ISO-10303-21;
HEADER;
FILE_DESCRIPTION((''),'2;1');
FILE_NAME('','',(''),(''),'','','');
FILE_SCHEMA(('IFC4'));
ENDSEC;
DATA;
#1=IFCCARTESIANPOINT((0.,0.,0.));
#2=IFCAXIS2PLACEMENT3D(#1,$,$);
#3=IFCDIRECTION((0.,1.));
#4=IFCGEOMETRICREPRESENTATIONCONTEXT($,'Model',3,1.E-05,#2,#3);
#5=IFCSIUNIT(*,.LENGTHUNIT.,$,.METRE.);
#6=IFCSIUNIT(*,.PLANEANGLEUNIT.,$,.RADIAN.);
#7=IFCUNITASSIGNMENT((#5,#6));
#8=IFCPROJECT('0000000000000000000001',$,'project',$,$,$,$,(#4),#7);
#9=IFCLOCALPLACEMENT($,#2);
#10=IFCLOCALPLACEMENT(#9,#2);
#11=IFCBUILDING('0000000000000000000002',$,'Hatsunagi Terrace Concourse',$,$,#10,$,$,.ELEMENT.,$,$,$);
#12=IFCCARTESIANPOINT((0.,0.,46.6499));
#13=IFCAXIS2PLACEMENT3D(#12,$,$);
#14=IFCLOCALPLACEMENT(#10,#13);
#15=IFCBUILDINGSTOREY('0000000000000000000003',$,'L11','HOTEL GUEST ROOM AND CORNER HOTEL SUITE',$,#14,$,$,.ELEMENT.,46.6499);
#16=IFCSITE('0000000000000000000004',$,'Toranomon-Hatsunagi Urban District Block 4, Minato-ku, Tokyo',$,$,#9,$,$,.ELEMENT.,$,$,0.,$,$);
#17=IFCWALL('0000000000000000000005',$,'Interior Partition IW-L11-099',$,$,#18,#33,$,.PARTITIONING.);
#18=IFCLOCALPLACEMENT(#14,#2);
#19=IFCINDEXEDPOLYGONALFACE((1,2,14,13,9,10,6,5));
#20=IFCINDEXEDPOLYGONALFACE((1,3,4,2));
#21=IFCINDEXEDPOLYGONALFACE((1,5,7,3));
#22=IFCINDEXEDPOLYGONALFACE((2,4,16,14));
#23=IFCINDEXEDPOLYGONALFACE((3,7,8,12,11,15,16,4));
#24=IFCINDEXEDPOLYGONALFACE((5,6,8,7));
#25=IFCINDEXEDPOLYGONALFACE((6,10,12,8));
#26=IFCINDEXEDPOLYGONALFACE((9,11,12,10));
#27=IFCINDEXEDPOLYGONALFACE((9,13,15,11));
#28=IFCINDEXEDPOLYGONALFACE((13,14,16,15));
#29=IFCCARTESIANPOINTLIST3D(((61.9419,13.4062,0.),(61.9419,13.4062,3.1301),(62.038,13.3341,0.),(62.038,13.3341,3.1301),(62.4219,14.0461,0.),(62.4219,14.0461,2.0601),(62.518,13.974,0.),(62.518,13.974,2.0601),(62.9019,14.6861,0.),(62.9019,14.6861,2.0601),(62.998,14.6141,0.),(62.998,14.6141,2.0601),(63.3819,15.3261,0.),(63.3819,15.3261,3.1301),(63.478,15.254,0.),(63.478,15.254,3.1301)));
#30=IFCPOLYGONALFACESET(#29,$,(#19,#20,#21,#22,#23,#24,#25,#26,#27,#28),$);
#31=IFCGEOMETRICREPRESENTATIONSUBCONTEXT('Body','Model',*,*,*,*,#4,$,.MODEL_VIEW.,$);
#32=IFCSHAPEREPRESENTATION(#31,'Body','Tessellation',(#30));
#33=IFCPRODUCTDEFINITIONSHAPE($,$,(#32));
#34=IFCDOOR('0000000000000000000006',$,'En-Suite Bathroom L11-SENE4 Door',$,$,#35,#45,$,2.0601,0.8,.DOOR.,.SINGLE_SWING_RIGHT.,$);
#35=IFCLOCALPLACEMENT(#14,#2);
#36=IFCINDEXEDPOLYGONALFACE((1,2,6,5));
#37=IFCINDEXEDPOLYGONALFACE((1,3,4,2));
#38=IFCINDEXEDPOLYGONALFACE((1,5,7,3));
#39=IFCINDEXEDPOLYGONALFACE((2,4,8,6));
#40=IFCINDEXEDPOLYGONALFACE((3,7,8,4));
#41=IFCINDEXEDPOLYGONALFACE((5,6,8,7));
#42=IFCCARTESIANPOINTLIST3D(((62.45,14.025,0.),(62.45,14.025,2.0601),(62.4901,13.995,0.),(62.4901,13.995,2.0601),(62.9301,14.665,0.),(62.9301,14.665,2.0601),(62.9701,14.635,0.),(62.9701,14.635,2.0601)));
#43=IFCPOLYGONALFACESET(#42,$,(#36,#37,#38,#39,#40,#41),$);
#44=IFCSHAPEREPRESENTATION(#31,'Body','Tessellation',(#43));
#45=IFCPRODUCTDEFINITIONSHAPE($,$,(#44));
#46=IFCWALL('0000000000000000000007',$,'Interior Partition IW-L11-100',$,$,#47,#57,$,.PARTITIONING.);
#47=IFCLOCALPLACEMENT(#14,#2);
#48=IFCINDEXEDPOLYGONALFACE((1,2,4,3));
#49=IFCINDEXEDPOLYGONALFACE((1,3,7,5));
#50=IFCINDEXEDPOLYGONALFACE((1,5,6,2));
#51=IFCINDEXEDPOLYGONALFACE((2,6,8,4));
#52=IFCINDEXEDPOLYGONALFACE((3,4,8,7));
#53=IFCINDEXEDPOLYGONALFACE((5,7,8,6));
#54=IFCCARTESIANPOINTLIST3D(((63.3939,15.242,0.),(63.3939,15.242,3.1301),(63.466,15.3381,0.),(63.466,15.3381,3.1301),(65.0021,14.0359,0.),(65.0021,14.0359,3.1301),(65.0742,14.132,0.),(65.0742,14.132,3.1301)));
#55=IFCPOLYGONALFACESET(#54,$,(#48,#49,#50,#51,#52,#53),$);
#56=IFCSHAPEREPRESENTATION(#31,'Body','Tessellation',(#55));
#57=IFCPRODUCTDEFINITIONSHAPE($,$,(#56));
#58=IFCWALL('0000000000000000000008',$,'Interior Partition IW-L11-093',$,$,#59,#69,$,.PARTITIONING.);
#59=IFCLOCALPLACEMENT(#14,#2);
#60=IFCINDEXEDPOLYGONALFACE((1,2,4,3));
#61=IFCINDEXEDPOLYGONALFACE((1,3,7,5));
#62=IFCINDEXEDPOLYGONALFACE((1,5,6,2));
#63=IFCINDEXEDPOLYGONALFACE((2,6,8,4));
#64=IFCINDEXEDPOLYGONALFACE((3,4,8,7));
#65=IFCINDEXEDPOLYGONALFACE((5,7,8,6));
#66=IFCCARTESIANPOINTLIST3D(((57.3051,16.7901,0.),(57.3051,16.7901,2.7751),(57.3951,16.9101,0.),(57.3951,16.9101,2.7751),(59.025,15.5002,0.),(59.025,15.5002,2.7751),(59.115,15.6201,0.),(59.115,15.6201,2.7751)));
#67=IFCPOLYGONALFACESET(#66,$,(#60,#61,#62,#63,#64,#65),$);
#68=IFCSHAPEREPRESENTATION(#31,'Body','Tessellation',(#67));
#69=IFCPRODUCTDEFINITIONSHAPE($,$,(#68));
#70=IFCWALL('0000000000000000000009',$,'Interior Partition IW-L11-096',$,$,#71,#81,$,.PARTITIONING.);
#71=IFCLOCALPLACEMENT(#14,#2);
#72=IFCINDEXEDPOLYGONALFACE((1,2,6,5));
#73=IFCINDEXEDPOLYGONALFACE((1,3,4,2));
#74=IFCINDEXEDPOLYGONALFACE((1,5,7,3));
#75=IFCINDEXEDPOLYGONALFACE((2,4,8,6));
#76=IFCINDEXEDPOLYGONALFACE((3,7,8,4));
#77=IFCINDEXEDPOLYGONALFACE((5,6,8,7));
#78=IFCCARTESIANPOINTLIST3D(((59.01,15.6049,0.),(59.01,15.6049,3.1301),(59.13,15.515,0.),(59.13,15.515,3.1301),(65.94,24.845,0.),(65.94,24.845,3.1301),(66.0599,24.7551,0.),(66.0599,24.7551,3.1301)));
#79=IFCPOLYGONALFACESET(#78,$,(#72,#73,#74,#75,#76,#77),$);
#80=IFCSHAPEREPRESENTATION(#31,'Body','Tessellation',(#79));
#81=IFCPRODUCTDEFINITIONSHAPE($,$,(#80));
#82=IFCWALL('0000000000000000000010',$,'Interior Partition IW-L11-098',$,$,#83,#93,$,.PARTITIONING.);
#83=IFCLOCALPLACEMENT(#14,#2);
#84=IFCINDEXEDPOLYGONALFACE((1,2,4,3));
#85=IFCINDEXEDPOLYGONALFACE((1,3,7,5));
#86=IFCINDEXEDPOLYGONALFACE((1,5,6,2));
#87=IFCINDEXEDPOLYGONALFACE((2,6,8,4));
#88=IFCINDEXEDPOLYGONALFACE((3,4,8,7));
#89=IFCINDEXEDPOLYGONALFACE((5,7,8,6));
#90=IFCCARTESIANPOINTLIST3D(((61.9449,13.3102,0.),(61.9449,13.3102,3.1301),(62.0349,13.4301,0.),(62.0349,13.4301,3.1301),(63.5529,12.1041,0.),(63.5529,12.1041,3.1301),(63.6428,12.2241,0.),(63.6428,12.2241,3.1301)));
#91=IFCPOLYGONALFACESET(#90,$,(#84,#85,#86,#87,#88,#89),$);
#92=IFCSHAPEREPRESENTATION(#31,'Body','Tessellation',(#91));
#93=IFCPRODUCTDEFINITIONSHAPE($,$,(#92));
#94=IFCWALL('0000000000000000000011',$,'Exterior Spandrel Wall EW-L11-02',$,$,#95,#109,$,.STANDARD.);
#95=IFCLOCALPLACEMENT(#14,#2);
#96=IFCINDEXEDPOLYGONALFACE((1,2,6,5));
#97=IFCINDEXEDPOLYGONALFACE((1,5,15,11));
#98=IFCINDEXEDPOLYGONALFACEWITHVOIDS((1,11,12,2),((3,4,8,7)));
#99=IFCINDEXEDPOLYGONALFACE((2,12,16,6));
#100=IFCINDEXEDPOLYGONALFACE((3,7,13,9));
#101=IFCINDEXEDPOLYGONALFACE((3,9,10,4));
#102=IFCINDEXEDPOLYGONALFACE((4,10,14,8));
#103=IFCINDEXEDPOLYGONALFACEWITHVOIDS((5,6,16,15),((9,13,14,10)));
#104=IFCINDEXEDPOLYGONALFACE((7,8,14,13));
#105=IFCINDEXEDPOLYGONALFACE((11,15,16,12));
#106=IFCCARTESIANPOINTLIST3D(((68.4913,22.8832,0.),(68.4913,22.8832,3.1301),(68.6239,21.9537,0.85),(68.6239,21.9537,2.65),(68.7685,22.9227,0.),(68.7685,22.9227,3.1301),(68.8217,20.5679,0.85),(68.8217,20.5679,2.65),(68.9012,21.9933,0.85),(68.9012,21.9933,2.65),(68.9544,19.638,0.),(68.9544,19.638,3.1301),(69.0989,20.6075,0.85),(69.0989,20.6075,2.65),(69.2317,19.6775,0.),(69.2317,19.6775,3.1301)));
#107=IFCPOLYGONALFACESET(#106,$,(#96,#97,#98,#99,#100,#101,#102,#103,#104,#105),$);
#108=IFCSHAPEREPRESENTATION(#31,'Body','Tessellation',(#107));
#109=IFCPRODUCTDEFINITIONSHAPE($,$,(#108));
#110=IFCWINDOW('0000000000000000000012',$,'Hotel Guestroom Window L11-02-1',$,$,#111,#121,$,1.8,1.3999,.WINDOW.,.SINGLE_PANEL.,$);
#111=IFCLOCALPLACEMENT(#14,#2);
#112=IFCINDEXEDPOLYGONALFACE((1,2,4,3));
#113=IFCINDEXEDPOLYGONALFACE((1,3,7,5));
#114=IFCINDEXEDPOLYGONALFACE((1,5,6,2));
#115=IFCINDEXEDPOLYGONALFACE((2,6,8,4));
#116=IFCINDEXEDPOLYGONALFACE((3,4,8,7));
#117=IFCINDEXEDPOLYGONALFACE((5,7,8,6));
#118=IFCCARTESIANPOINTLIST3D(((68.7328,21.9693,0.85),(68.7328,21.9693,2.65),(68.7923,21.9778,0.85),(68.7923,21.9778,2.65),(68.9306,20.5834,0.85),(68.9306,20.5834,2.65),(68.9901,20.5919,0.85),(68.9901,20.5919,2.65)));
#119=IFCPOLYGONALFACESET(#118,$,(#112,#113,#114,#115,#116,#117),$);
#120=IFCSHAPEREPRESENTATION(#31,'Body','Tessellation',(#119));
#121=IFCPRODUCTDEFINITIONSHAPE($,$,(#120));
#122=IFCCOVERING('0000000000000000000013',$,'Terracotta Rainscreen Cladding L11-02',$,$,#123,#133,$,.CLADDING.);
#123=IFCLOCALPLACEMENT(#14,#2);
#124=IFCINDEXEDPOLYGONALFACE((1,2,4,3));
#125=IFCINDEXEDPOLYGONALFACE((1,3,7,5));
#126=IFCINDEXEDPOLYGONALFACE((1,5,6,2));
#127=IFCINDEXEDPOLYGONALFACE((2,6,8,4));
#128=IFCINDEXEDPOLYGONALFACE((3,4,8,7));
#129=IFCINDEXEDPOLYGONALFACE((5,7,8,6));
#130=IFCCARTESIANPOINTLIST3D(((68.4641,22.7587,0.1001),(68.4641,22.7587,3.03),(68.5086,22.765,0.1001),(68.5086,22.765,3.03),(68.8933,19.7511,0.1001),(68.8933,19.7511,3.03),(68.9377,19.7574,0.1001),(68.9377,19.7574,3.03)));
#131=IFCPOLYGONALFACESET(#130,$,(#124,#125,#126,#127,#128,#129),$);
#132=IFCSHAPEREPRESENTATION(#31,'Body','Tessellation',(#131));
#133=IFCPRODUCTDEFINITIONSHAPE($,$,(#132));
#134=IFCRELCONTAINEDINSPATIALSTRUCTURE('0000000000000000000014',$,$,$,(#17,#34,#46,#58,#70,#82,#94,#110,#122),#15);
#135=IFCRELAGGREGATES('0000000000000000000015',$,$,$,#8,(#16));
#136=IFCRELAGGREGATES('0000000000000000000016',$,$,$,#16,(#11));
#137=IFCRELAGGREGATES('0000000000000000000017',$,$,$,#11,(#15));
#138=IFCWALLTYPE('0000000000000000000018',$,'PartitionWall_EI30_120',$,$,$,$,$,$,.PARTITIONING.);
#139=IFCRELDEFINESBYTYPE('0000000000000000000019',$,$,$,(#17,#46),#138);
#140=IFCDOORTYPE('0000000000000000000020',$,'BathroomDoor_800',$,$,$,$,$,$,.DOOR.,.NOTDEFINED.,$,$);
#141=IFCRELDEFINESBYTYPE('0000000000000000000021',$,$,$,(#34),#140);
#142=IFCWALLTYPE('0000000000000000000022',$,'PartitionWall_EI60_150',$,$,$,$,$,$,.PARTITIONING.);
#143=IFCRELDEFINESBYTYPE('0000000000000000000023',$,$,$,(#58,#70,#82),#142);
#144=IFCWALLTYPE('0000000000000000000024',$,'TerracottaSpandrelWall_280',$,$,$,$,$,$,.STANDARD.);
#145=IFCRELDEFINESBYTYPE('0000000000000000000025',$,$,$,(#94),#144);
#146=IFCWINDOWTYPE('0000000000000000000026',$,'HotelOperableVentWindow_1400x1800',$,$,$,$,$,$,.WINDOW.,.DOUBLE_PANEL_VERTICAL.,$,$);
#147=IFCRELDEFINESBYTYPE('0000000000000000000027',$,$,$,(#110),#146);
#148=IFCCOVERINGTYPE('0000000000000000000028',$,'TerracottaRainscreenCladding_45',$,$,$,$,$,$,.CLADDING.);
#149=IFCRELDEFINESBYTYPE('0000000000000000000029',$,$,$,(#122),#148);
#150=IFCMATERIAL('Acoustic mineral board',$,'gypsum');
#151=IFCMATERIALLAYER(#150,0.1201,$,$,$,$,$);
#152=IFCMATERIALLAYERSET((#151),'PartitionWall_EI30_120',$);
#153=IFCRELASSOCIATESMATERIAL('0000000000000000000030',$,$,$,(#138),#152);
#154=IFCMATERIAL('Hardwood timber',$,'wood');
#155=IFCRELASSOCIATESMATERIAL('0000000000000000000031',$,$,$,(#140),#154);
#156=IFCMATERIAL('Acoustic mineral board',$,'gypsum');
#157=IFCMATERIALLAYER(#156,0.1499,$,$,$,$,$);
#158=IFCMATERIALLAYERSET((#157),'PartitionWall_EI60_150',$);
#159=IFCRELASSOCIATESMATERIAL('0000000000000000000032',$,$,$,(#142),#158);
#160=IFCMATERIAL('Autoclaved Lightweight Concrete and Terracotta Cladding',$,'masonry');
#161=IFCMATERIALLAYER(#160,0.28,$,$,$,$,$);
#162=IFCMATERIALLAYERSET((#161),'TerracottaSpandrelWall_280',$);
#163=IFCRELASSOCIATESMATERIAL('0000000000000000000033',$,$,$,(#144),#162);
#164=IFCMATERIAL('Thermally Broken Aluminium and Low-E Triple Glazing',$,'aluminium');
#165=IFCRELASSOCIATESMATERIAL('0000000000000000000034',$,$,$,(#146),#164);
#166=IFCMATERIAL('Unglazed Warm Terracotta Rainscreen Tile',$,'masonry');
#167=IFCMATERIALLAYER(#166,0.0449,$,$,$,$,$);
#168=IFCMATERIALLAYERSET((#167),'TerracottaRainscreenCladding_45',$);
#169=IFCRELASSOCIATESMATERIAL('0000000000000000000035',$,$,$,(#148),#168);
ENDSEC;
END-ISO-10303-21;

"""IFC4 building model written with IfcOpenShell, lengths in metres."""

from ifc_helpers import new_model, si_unit, direction, frame, frame_2d, origin, origin_2d, place, context, subcontext, project, spatial, rectangle, extrude, material, layer, layer_set, type_object, element, fill, save


model = new_model("IFC4")

# Units and contexts
model_context = context("Model", 3, precision=1e-05, world=origin(), true_north=direction((0.0, 1.0)))
body_context = subcontext(model_context, "Body", "Model", "MODEL_VIEW")
ifc_project = project(units=[si_unit("LENGTHUNIT", "METRE"), si_unit("PLANEANGLEUNIT", "RADIAN")], contexts=[model_context])

# Site, building, storey
site_placement = place(None, origin())
site = spatial("IfcSite", under=ifc_project, at=site_placement, Name="Toranomon-Hatsunagi Urban District Block 4, Minato-ku, Tokyo", CompositionType="ELEMENT", RefElevation=0.0)
building_placement = place(site_placement, origin())
building = spatial("IfcBuilding", under=site, at=building_placement, Name="Hatsunagi Terrace Concourse", CompositionType="ELEMENT")
storey_placement = place(building_placement, frame((0.0, 0.0, 46.6499)))
storey = spatial("IfcBuildingStorey", under=building, at=storey_placement, Name="L11", Description="HOTEL GUEST ROOM AND CORNER HOTEL SUITE", CompositionType="ELEMENT", Elevation=46.6499)

# Shared definitions
ifc_material_1 = material(Name="Acoustic mineral board", Category="gypsum")
ifc_layer_1 = layer(ifc_material_1, 0.1201)
ifc_layer_set_1 = layer_set([ifc_layer_1], Name="PartitionWall_EI30_120")
wall_type_1 = type_object("IfcWallType", Name="PartitionWall_EI30_120", PredefinedType="PARTITIONING", material=ifc_layer_set_1)
ifc_material_2 = material(Name="Hardwood timber", Category="wood")
door_type_1 = type_object("IfcDoorType", Name="BathroomDoor_800", OperationType="NOTDEFINED", PredefinedType="DOOR", material=ifc_material_2)

# Wall, opening, door
wall_1_placement = place(storey_placement, frame((61.99, 13.3701, 0.0), z_axis=(0.0, 0.0, 1.0), x_axis=(0.6, 0.8, 0.0)))
wall_1 = element("IfcWall", 1, at=wall_1_placement, inside=storey, type_object=wall_type_1, Name="Interior Partition IW-L11-099", PredefinedType="PARTITIONING", context=body_context, shape_type="SweptSolid", body=[
    extrude(rectangle(XDim=2.3999, YDim=0.1201, at=frame_2d((1.2, 0.0))), origin(), (0.0, 0.0, 1.0), 3.1301),
])
opening_1_placement = place(wall_1_placement, frame((0.8, 0.0, 0.0)))
opening_1 = element("IfcOpeningElement", 2, at=opening_1_placement, cuts=wall_1, PredefinedType="OPENING", context=body_context, shape_type="SweptSolid", body=[
    extrude(rectangle(XDim=0.8, YDim=2.0601, at=frame_2d((0.3999, 1.03))), frame((0.0, 0.0701, 0.0), z_axis=(0.0, -1.0, 0.0), x_axis=(1.0, 0.0, 0.0)), (0.0, 0.0, 1.0), 0.1401),
])
door_1_placement = place(opening_1_placement, origin())
door_1 = element("IfcDoor", 3, at=door_1_placement, inside=storey, type_object=door_type_1, Name="En-Suite Bathroom L11-SENE4 Door", OperationType="SINGLE_SWING_RIGHT", OverallHeight=2.0601, OverallWidth=0.8, PredefinedType="DOOR", context=body_context, shape_type="SweptSolid", body=[
    extrude(rectangle(XDim=0.8, YDim=2.0601, at=frame_2d((0.3999, 1.03))), frame((0.0, 0.0249, 0.0), z_axis=(0.0, -1.0, 0.0), x_axis=(1.0, 0.0, 0.0)), (0.0, 0.0, 1.0), 0.05),
])
fill(opening_1, door_1)

# Walls
wall_2_placement = place(storey_placement, frame((63.4299, 15.29, 0.0), z_axis=(0.0, 0.0, 1.0), x_axis=(0.800015, -0.599981, 0.0)))
element("IfcWall", 4, at=wall_2_placement, inside=storey, type_object=wall_type_1, Name="Interior Partition IW-L11-100", PredefinedType="PARTITIONING", context=body_context, shape_type="SweptSolid", body=[
    extrude(rectangle(XDim=2.0103, YDim=0.1201, at=frame_2d((1.0051, 0.0))), origin(), (0.0, 0.0, 1.0), 3.1301),
])
ifc_material_3 = material(Name="Acoustic mineral board", Category="gypsum")
ifc_layer_2 = layer(ifc_material_3, 0.1499)
ifc_layer_set_2 = layer_set([ifc_layer_2], Name="PartitionWall_EI60_150")
wall_type_2 = type_object("IfcWallType", Name="PartitionWall_EI60_150", PredefinedType="PARTITIONING", material=ifc_layer_set_2)
wall_3_placement = place(storey_placement, frame((57.3501, 16.8501, 0.0), z_axis=(0.0, 0.0, 1.0), x_axis=(0.799986, -0.600018, 0.0)))
element("IfcWall", 5, at=wall_3_placement, inside=storey, type_object=wall_type_2, Name="Interior Partition IW-L11-093", PredefinedType="PARTITIONING", context=body_context, shape_type="SweptSolid", body=[
    extrude(rectangle(XDim=2.1499, YDim=0.1499, at=frame_2d((1.075, 0.0))), origin(), (0.0, 0.0, 1.0), 2.7751),
])
wall_4_placement = place(storey_placement, frame((59.0701, 15.5601, 0.0), z_axis=(0.0, 0.0, 1.0), x_axis=(0.599997, 0.800003, 0.0)))
element("IfcWall", 6, at=wall_4_placement, inside=storey, type_object=wall_type_2, Name="Interior Partition IW-L11-096", PredefinedType="PARTITIONING", context=body_context, shape_type="SweptSolid", body=[
    extrude(rectangle(XDim=11.55, YDim=0.1499, at=frame_2d((5.7749, 0.0))), origin(), (0.0, 0.0, 1.0), 3.1301),
])

# Wall
wall_5_placement = place(storey_placement, frame((61.99, 13.3701, 0.0), z_axis=(0.0, 0.0, 1.0), x_axis=(0.799971, -0.600039, 0.0)))
element("IfcWall", 7, at=wall_5_placement, inside=storey, type_object=wall_type_2, Name="Interior Partition IW-L11-098", PredefinedType="PARTITIONING", context=body_context, shape_type="SweptSolid", body=[
    extrude(rectangle(XDim=2.01, YDim=0.1499, at=frame_2d((1.0049, 0.0))), origin(), (0.0, 0.0, 1.0), 3.1301),
])

# Wall, opening, window
ifc_material_4 = material(Name="Autoclaved Lightweight Concrete and Terracotta Cladding", Category="masonry")
ifc_layer_3 = layer(ifc_material_4, 0.28)
ifc_layer_set_3 = layer_set([ifc_layer_3], Name="TerracottaSpandrelWall_280")
wall_type_3 = type_object("IfcWallType", Name="TerracottaSpandrelWall_280", PredefinedType="STANDARD", material=ifc_layer_set_3)
wall_6_placement = place(storey_placement, frame((68.6299, 22.9031, 0.0), z_axis=(0.0, 0.0, 1.0), x_axis=(0.141286, -0.989969, 0.0)))
wall_6 = element("IfcWall", 8, at=wall_6_placement, inside=storey, type_object=wall_type_3, Name="Exterior Spandrel Wall EW-L11-02", PredefinedType="STANDARD", context=body_context, shape_type="SweptSolid", body=[
    extrude(rectangle(XDim=3.2781, YDim=0.28, at=frame_2d((1.6392, 0.0))), origin(), (0.0, 0.0, 1.0), 3.1301),
])
opening_2_placement = place(wall_6_placement, frame((0.939, 0.0, 0.8501)))
opening_2 = element("IfcOpeningElement", 9, at=opening_2_placement, cuts=wall_6, PredefinedType="OPENING", context=body_context, shape_type="SweptSolid", body=[
    extrude(rectangle(XDim=1.3999, YDim=1.8, at=frame_2d((0.7, 0.8999))), frame((0.0, 0.1499, 0.0), z_axis=(0.0, -1.0, 0.0), x_axis=(1.0, 0.0, 0.0)), (0.0, 0.0, 1.0), 0.3),
])
ifc_material_5 = material(Name="Thermally Broken Aluminium and Low-E Triple Glazing", Category="aluminium")
window_type = type_object("IfcWindowType", Name="HotelOperableVentWindow_1400x1800", PartitioningType="DOUBLE_PANEL_VERTICAL", PredefinedType="WINDOW", material=ifc_material_5)
window_placement = place(opening_2_placement, origin())
window = element("IfcWindow", 10, at=window_placement, inside=storey, type_object=window_type, Name="Hotel Guestroom Window L11-02-1", OverallHeight=1.8, OverallWidth=1.3999, PartitioningType="SINGLE_PANEL", PredefinedType="WINDOW", context=body_context, shape_type="SweptSolid", body=[
    extrude(rectangle(XDim=1.3999, YDim=1.8, at=frame_2d((0.7, 0.8999))), frame((0.0, 0.03, 0.0), z_axis=(0.0, -1.0, 0.0), x_axis=(1.0, 0.0, 0.0)), (0.0, 0.0, 1.0), 0.0601),
])
fill(opening_2, window)

# Covering
ifc_material_6 = material(Name="Unglazed Warm Terracotta Rainscreen Tile", Category="masonry")
ifc_layer_4 = layer(ifc_material_6, 0.0449)
ifc_layer_set_4 = layer_set([ifc_layer_4], Name="TerracottaRainscreenCladding_45")
covering_type = type_object("IfcCoveringType", Name="TerracottaRainscreenCladding_45", PredefinedType="CLADDING", material=ifc_layer_set_4)
covering_placement = place(storey_placement, frame((68.7009, 21.2581, 0.1001), z_axis=(0.0, 0.0, 1.0), x_axis=(0.14125, -0.989974, 0.0)))
element("IfcCovering", 11, at=covering_placement, inside=storey, type_object=covering_type, Name="Terracotta Rainscreen Cladding L11-02", PredefinedType="CLADDING", context=body_context, shape_type="SweptSolid", body=[
    extrude(rectangle(XDim=3.0381, YDim=0.0449, at=origin_2d()), origin(), (0.0, 0.0, 1.0), 2.9299),
])

save(model, "model.ifc")
